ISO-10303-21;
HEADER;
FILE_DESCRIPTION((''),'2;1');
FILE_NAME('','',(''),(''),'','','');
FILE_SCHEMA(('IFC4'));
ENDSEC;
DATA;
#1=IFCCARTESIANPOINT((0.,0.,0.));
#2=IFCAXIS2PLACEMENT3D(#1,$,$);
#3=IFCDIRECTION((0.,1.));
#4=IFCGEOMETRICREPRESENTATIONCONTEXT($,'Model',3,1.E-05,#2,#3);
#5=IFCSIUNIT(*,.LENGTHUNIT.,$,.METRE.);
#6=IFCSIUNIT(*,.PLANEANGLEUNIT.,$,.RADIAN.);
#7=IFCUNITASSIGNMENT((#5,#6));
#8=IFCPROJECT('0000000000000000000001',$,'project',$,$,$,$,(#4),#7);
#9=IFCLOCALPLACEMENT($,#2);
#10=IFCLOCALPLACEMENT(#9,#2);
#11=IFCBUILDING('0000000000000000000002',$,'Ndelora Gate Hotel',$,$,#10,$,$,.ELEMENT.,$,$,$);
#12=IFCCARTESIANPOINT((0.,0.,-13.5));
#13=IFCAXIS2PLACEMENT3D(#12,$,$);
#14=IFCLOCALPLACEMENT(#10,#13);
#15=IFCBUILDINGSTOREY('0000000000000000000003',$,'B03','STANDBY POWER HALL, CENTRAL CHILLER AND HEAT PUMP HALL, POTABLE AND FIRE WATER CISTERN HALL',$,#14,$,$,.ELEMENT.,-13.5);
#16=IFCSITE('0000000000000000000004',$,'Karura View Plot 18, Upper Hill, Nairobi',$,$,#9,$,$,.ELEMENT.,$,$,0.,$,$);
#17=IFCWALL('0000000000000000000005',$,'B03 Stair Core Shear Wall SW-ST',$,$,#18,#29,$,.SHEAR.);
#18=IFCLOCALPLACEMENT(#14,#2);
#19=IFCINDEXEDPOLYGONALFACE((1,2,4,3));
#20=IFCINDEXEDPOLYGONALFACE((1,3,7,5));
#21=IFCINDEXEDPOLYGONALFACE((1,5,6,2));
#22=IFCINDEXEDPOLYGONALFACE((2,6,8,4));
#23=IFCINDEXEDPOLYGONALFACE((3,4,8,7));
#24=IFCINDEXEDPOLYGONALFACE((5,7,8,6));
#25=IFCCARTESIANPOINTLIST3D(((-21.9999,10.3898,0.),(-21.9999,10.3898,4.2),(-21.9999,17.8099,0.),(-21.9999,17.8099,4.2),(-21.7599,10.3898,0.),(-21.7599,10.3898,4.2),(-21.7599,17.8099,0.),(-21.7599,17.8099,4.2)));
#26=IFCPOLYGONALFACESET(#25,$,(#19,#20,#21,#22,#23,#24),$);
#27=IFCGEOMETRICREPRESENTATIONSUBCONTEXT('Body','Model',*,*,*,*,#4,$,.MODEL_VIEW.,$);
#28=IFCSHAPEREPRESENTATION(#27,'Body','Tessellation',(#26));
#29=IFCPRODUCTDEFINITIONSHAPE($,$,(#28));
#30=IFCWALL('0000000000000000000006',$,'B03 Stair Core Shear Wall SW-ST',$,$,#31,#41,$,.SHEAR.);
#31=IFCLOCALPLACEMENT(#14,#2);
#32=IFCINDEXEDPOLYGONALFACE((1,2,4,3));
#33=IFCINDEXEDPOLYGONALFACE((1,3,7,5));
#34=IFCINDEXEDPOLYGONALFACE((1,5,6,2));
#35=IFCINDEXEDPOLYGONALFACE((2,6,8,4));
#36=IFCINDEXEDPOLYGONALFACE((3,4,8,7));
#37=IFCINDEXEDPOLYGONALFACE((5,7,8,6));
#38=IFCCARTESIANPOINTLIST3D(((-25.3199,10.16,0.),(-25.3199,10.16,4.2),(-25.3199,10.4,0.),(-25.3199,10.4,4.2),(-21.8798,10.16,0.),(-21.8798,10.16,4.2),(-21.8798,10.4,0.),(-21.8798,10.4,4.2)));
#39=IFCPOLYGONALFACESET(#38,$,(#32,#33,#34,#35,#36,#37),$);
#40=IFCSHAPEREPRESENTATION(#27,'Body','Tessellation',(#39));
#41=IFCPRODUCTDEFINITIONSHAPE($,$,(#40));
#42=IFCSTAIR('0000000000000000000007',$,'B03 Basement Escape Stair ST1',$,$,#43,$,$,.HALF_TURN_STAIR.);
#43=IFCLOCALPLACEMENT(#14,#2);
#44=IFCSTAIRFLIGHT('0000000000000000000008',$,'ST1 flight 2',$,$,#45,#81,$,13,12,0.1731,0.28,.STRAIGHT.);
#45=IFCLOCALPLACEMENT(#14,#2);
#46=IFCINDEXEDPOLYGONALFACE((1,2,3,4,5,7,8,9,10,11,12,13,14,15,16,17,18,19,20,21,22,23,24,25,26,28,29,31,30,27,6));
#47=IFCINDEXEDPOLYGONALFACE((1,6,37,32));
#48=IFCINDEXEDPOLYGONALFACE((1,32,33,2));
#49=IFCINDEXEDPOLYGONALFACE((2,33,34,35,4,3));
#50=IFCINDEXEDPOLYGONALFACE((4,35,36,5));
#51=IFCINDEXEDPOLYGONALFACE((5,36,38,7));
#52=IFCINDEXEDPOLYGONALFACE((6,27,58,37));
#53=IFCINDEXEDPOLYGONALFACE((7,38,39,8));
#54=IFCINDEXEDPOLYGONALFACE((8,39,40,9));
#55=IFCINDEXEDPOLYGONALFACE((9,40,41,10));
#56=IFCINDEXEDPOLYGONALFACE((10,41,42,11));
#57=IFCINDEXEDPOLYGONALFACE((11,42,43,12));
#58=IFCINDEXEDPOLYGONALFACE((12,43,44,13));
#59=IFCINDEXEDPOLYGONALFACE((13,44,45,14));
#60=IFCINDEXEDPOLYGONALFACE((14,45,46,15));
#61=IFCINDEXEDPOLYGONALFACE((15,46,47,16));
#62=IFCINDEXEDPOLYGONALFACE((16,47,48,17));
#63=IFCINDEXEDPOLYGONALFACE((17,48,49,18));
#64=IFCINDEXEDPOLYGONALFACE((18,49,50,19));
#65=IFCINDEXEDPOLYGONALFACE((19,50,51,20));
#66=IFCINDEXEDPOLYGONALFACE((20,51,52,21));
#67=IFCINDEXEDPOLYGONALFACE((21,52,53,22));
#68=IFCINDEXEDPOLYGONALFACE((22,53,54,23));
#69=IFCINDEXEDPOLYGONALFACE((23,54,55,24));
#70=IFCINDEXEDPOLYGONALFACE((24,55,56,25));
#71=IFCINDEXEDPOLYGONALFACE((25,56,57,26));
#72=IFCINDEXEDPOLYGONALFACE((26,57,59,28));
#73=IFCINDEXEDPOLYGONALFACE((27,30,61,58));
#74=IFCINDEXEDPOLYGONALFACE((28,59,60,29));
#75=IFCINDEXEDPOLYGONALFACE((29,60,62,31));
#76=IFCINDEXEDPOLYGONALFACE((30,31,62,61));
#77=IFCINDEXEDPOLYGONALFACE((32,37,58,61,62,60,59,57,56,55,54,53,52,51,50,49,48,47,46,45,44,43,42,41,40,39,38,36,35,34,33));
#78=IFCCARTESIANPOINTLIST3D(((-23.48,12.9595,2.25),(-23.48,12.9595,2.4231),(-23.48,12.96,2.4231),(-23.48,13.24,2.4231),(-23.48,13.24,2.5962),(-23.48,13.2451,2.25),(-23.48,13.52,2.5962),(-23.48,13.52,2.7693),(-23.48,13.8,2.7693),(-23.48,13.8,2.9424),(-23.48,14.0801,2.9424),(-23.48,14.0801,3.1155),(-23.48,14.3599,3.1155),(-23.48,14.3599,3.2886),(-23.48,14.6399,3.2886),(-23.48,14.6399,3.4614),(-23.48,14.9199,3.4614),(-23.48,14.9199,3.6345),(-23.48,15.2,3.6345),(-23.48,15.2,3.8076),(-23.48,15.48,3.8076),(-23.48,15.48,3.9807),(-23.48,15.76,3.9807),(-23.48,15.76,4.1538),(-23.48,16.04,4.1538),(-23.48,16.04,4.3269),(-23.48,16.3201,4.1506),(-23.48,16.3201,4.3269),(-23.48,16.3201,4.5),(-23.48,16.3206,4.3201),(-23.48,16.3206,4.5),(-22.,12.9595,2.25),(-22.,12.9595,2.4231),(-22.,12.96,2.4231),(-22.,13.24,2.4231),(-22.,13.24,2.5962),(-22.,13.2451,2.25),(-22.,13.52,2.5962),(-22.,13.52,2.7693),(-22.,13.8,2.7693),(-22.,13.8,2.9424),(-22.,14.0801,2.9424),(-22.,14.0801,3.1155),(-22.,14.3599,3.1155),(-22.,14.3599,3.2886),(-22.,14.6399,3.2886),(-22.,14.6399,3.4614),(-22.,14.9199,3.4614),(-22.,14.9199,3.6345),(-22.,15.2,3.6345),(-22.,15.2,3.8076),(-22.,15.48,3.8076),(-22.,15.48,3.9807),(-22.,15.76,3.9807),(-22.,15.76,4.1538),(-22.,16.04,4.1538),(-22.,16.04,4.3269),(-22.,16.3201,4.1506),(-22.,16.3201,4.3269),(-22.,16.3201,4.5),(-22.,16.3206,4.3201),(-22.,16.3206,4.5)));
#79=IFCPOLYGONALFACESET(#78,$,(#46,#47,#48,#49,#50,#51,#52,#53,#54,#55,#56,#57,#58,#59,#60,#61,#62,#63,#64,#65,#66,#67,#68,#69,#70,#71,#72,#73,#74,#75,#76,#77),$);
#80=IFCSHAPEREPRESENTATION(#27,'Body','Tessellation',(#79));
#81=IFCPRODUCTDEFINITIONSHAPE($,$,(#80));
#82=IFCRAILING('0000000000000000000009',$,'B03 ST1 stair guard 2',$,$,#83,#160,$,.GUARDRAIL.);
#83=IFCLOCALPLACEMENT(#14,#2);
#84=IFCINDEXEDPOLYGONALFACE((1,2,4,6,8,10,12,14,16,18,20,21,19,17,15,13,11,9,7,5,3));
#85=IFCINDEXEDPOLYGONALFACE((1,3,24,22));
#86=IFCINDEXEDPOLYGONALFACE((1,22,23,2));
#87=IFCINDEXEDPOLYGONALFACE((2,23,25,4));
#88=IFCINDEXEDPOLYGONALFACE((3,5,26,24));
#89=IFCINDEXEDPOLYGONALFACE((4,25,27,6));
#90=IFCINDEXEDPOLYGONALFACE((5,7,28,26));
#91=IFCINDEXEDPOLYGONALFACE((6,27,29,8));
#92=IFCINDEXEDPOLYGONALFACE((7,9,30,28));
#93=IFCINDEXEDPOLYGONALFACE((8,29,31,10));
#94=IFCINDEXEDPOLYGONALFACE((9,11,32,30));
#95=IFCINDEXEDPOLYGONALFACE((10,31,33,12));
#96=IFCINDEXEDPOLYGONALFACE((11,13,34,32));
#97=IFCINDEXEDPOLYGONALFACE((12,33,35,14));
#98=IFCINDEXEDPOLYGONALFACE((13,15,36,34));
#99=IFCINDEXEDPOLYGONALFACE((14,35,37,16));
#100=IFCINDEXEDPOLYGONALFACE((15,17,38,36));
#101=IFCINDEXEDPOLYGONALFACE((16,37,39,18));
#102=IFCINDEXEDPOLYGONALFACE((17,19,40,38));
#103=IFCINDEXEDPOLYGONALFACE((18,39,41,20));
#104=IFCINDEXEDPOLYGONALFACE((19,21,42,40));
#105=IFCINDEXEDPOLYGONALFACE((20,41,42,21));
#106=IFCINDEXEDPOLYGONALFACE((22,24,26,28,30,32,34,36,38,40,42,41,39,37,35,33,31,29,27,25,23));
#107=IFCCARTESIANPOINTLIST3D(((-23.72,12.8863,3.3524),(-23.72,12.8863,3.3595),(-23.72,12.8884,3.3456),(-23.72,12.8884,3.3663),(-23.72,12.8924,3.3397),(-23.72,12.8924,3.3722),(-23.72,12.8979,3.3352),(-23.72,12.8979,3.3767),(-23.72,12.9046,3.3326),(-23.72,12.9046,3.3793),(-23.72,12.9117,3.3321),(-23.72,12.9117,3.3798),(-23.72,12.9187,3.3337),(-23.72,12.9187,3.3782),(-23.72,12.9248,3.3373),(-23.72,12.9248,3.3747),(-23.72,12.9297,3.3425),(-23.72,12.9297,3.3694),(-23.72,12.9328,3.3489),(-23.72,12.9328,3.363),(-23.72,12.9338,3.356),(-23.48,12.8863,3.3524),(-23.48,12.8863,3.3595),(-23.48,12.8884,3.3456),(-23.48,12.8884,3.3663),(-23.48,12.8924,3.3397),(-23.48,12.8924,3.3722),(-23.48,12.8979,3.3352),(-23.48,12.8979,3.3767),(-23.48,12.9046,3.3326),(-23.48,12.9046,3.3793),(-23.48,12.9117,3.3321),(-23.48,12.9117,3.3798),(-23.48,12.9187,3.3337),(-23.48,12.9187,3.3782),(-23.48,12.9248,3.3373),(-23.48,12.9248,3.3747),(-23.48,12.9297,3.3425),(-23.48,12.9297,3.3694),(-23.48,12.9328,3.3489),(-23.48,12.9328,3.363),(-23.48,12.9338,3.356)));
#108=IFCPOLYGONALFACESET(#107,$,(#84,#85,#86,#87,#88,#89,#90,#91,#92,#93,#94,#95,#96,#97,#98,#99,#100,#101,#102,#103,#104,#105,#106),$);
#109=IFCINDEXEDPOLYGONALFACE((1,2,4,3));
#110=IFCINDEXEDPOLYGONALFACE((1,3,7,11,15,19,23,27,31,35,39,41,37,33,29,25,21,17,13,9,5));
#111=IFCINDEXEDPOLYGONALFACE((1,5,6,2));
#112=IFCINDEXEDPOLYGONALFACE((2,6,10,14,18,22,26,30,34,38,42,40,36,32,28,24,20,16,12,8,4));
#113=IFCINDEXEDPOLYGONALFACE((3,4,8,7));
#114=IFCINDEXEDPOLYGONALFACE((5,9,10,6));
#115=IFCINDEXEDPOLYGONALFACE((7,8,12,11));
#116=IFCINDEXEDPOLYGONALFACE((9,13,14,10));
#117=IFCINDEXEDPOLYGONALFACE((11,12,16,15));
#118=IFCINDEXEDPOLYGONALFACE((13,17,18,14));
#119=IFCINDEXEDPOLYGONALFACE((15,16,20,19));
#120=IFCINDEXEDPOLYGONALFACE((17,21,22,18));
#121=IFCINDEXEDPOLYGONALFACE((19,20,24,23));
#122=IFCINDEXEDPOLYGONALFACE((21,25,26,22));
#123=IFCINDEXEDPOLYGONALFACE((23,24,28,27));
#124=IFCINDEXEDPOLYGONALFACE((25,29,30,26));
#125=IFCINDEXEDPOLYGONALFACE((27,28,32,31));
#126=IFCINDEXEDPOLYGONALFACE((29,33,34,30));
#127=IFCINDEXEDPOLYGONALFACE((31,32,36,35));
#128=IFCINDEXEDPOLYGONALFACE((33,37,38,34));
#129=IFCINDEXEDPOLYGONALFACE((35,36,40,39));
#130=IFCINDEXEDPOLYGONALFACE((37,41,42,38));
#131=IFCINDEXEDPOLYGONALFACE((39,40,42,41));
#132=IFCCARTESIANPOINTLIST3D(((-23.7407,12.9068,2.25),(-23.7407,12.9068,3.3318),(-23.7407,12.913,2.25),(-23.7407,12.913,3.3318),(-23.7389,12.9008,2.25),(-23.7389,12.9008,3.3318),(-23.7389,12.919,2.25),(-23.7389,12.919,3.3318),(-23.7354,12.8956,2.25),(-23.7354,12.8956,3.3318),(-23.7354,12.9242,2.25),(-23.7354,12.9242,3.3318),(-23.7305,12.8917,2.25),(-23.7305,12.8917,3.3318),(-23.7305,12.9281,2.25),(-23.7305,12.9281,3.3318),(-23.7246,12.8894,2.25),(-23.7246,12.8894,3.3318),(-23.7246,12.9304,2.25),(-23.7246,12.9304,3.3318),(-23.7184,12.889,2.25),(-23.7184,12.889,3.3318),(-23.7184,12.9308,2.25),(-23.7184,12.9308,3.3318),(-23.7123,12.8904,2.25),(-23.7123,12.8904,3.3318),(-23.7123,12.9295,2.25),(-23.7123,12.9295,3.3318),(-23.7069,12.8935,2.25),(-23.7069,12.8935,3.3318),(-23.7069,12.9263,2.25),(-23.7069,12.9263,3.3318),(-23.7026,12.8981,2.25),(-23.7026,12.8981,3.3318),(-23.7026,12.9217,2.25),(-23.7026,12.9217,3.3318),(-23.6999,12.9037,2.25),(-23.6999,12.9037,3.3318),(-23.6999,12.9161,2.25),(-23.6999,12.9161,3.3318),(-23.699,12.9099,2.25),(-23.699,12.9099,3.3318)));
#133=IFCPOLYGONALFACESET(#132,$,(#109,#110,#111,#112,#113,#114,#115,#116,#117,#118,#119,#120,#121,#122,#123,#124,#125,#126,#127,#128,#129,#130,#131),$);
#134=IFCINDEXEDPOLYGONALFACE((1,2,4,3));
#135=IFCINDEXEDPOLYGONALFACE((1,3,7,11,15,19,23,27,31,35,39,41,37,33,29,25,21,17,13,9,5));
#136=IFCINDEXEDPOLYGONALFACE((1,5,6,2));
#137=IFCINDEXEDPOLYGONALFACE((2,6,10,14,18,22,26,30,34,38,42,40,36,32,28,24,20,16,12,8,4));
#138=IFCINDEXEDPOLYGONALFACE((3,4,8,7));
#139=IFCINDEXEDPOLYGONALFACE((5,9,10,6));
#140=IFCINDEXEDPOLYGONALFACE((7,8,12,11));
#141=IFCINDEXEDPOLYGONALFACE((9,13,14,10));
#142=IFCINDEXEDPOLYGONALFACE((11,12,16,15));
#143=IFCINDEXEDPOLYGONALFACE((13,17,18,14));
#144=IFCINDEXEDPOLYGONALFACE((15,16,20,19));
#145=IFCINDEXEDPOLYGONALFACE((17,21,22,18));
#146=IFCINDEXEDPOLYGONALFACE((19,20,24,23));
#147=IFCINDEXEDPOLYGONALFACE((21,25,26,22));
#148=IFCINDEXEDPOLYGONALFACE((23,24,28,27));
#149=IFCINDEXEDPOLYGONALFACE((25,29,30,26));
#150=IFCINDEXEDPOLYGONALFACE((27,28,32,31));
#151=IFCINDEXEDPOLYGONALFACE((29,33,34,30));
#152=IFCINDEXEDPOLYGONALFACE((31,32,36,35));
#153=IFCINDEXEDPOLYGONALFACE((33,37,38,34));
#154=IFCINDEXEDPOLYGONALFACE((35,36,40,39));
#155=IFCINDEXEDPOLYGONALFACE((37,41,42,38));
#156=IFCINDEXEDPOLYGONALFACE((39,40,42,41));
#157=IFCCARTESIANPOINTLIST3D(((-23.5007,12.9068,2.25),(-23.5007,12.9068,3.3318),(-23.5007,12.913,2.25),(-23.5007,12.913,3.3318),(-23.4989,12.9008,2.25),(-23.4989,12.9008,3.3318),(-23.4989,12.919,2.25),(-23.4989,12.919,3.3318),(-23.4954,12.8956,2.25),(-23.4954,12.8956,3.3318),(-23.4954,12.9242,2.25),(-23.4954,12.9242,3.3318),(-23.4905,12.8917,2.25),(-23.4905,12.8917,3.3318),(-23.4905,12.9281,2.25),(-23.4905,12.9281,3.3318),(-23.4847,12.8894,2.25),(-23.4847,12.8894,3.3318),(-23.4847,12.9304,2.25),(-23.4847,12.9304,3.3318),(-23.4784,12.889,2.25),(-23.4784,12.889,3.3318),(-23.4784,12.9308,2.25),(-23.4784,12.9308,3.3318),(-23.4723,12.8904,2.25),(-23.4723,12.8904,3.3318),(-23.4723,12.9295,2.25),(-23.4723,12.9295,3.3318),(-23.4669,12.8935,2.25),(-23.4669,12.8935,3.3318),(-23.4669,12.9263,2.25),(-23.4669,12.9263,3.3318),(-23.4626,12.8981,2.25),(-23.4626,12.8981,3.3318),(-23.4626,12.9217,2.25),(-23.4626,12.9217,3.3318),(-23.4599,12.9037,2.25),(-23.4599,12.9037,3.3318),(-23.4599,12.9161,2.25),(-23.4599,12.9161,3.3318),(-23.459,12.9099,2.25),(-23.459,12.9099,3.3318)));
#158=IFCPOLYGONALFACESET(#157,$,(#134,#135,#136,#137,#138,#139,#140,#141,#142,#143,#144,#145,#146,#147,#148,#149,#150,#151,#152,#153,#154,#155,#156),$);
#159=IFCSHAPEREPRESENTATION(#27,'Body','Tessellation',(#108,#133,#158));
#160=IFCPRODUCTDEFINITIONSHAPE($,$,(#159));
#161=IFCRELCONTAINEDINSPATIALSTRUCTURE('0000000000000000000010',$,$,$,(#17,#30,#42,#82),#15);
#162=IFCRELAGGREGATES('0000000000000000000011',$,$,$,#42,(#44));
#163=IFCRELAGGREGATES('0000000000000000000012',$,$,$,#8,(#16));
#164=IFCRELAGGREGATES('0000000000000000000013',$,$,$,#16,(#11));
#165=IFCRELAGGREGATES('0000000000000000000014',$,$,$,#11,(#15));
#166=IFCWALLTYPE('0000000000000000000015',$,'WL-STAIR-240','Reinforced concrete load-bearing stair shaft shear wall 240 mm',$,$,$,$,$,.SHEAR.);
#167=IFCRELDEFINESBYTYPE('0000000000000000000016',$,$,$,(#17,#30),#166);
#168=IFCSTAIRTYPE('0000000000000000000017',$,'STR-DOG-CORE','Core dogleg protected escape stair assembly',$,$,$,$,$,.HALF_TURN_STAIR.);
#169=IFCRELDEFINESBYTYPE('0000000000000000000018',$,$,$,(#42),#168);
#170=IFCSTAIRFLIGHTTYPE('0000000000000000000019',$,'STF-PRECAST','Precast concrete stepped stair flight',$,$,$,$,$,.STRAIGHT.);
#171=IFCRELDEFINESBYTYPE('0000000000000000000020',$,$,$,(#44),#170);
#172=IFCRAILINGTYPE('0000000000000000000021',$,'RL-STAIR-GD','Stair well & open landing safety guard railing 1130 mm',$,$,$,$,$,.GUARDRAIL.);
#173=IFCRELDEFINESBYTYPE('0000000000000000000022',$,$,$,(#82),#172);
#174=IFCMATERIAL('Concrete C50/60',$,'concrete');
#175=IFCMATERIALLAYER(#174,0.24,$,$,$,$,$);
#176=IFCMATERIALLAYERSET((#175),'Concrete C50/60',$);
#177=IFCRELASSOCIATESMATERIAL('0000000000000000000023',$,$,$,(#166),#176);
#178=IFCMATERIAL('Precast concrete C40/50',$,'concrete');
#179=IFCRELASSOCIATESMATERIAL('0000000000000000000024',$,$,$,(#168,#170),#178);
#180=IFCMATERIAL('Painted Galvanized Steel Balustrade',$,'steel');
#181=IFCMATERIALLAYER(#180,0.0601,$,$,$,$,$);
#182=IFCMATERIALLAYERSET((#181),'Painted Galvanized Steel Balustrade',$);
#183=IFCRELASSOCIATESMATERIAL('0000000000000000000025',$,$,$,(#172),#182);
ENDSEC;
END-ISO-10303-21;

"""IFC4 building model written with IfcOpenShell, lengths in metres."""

from ifc_helpers import new_model, si_unit, direction, frame, frame_2d, origin, origin_2d, place, context, subcontext, project, spatial, polyline, rectangle, circle, outline, extrude, material, layer, layer_set, type_object, element, aggregate, save


model = new_model("IFC4")

# Units and contexts
model_context = context("Model", 3, precision=1e-05, world=origin(), true_north=direction((0.0, 1.0)))
body_context = subcontext(model_context, "Body", "Model", "MODEL_VIEW")
ifc_project = project(units=[si_unit("LENGTHUNIT", "METRE"), si_unit("PLANEANGLEUNIT", "RADIAN")], contexts=[model_context])

# Site, building, storey
site_placement = place(None, origin())
site = spatial("IfcSite", under=ifc_project, at=site_placement, Name="Karura View Plot 18, Upper Hill, Nairobi", CompositionType="ELEMENT", RefElevation=0.0)
building_placement = place(site_placement, origin())
building = spatial("IfcBuilding", under=site, at=building_placement, Name="Ndelora Gate Hotel", CompositionType="ELEMENT")
storey_placement = place(building_placement, frame((0.0, 0.0, -13.5)))
storey = spatial("IfcBuildingStorey", under=building, at=storey_placement, Name="B03", Description="STANDBY POWER HALL, CENTRAL CHILLER AND HEAT PUMP HALL, POTABLE AND FIRE WATER CISTERN HALL", CompositionType="ELEMENT", Elevation=-13.5)

# Shared definitions
ifc_material_1 = material(Name="Concrete C50/60", Category="concrete")

# Walls
ifc_layer_1 = layer(ifc_material_1, 0.24)
ifc_layer_set_1 = layer_set([ifc_layer_1], Name="Concrete C50/60")
wall_type = type_object("IfcWallType", Name="WL-STAIR-240", Description="Reinforced concrete load-bearing stair shaft shear wall 240 mm", PredefinedType="SHEAR", material=ifc_layer_set_1)
for number, where, z_axis, x_axis, name in (
    (1, (-21.8799, 10.3899, 0.0), (0.0, 0.0, 1.0), (0.0, 1.0, 0.0), "B03 Stair Core Shear Wall SW-ST"),
):
    element("IfcWall", number, at=place(storey_placement, frame(where, z_axis=z_axis, x_axis=x_axis)), inside=storey, type_object=wall_type, Name=name, PredefinedType="SHEAR", context=body_context, shape_type="SweptSolid", body=[
        extrude(rectangle(XDim=7.4202, YDim=0.24, at=frame_2d((3.71, 0.0))), origin(), (0.0, 0.0, 1.0), 4.2),
    ])
wall_placement = place(storey_placement, frame((-25.3201, 10.28, 0.0), z_axis=(0.0, 0.0, 1.0), x_axis=(1.0, 0.0, 0.0)))
element("IfcWall", 2, at=wall_placement, inside=storey, type_object=wall_type, Name="B03 Stair Core Shear Wall SW-ST", PredefinedType="SHEAR", context=body_context, shape_type="SweptSolid", body=[
    extrude(rectangle(XDim=3.4402, YDim=0.24, at=frame_2d((1.7202, 0.0))), origin(), (0.0, 0.0, 1.0), 4.2),
])

# Stair, stair flight
ifc_material_2 = material(Name="Precast concrete C40/50", Category="concrete")
stair_type = type_object("IfcStairType", Name="STR-DOG-CORE", Description="Core dogleg protected escape stair assembly", PredefinedType="HALF_TURN_STAIR", material=ifc_material_2)
stair_placement = place(storey_placement, origin())
stair = element("IfcStair", 3, at=stair_placement, inside=storey, type_object=stair_type, Name="B03 Basement Escape Stair ST1", PredefinedType="HALF_TURN_STAIR")
stair_flight_type = type_object("IfcStairFlightType", Name="STF-PRECAST", Description="Precast concrete stepped stair flight", PredefinedType="STRAIGHT", material=ifc_material_2)
stair_flight_placement = place(storey_placement, frame((-22.74, 12.96, 2.25), z_axis=(0.0, 0.0, 1.0), x_axis=(0.0, 1.0, 0.0)))
stair_flight = element("IfcStairFlight", 4, at=stair_flight_placement, type_object=stair_flight_type, Name="ST1 flight 2", NumberOfRisers=13, NumberOfTreads=12, PredefinedType="STRAIGHT", RiserHeight=0.1731, TreadLength=0.28, context=body_context, shape_type="SweptSolid", body=[
    extrude(outline(polyline([(-0.0005, 0.0), (-0.0005, 0.1731), (0.0, 0.1731), (0.28, 0.1731), (0.28, 0.3462), (0.5601, 0.3462), (0.5601, 0.5193), (0.8401, 0.5193), (0.8401, 0.6924), (1.1201, 0.6924), (1.1201, 0.8655), (1.3999, 0.8655), (1.3999, 1.0386), (1.6799, 1.0386), (1.6799, 1.2114), (1.96, 1.2114), (1.96, 1.3845), (2.24, 1.3845), (2.24, 1.5576), (2.52, 1.5576), (2.52, 1.7307), (2.8, 1.7307), (2.8, 1.9038), (3.0801, 1.9038), (3.0801, 2.0769), (3.3601, 2.0769), (3.3601, 2.25), (3.3606, 2.25), (3.3606, 2.0701), (3.3601, 1.9006), (0.2852, 0.0), (-0.0005, 0.0)])), frame((0.0, 0.74, 0.0), z_axis=(0.0, -1.0, 0.0), x_axis=(1.0, 0.0, 0.0)), (0.0, 0.0, 1.0), 1.48),
])
aggregate(stair, [stair_flight])

# Railing
ifc_material_3 = material(Name="Painted Galvanized Steel Balustrade", Category="steel")
ifc_layer_2 = layer(ifc_material_3, 0.0601)
ifc_layer_set_2 = layer_set([ifc_layer_2], Name="Painted Galvanized Steel Balustrade")
railing_type = type_object("IfcRailingType", Name="RL-STAIR-GD", Description="Stair well & open landing safety guard railing 1130 mm", PredefinedType="GUARDRAIL", material=ifc_layer_set_2)
railing_1_placement = place(storey_placement, frame((-23.72, 12.9099, 2.25)))
element("IfcRailing", 5, at=railing_1_placement, inside=storey, type_object=railing_type, Name="B03 ST1 stair guard 2", PredefinedType="GUARDRAIL", context=body_context, shape_type="SweptSolid", body=[
    extrude(circle(Radius=0.0239, at=origin_2d()), frame((0.0, 0.0, 1.106), z_axis=(1.0, 0.0, 0.0), x_axis=(0.0, 1.0, 0.0)), (0.0, 0.0, 1.0), 0.24),
    extrude(circle(Radius=0.021, at=origin_2d()), origin(), (0.0, 0.0, 1.0), 1.0818),
    extrude(circle(Radius=0.021, at=origin_2d()), frame((0.24, 0.0, 0.0)), (0.0, 0.0, 1.0), 1.0818),
])

save(model, "model.ifc")
